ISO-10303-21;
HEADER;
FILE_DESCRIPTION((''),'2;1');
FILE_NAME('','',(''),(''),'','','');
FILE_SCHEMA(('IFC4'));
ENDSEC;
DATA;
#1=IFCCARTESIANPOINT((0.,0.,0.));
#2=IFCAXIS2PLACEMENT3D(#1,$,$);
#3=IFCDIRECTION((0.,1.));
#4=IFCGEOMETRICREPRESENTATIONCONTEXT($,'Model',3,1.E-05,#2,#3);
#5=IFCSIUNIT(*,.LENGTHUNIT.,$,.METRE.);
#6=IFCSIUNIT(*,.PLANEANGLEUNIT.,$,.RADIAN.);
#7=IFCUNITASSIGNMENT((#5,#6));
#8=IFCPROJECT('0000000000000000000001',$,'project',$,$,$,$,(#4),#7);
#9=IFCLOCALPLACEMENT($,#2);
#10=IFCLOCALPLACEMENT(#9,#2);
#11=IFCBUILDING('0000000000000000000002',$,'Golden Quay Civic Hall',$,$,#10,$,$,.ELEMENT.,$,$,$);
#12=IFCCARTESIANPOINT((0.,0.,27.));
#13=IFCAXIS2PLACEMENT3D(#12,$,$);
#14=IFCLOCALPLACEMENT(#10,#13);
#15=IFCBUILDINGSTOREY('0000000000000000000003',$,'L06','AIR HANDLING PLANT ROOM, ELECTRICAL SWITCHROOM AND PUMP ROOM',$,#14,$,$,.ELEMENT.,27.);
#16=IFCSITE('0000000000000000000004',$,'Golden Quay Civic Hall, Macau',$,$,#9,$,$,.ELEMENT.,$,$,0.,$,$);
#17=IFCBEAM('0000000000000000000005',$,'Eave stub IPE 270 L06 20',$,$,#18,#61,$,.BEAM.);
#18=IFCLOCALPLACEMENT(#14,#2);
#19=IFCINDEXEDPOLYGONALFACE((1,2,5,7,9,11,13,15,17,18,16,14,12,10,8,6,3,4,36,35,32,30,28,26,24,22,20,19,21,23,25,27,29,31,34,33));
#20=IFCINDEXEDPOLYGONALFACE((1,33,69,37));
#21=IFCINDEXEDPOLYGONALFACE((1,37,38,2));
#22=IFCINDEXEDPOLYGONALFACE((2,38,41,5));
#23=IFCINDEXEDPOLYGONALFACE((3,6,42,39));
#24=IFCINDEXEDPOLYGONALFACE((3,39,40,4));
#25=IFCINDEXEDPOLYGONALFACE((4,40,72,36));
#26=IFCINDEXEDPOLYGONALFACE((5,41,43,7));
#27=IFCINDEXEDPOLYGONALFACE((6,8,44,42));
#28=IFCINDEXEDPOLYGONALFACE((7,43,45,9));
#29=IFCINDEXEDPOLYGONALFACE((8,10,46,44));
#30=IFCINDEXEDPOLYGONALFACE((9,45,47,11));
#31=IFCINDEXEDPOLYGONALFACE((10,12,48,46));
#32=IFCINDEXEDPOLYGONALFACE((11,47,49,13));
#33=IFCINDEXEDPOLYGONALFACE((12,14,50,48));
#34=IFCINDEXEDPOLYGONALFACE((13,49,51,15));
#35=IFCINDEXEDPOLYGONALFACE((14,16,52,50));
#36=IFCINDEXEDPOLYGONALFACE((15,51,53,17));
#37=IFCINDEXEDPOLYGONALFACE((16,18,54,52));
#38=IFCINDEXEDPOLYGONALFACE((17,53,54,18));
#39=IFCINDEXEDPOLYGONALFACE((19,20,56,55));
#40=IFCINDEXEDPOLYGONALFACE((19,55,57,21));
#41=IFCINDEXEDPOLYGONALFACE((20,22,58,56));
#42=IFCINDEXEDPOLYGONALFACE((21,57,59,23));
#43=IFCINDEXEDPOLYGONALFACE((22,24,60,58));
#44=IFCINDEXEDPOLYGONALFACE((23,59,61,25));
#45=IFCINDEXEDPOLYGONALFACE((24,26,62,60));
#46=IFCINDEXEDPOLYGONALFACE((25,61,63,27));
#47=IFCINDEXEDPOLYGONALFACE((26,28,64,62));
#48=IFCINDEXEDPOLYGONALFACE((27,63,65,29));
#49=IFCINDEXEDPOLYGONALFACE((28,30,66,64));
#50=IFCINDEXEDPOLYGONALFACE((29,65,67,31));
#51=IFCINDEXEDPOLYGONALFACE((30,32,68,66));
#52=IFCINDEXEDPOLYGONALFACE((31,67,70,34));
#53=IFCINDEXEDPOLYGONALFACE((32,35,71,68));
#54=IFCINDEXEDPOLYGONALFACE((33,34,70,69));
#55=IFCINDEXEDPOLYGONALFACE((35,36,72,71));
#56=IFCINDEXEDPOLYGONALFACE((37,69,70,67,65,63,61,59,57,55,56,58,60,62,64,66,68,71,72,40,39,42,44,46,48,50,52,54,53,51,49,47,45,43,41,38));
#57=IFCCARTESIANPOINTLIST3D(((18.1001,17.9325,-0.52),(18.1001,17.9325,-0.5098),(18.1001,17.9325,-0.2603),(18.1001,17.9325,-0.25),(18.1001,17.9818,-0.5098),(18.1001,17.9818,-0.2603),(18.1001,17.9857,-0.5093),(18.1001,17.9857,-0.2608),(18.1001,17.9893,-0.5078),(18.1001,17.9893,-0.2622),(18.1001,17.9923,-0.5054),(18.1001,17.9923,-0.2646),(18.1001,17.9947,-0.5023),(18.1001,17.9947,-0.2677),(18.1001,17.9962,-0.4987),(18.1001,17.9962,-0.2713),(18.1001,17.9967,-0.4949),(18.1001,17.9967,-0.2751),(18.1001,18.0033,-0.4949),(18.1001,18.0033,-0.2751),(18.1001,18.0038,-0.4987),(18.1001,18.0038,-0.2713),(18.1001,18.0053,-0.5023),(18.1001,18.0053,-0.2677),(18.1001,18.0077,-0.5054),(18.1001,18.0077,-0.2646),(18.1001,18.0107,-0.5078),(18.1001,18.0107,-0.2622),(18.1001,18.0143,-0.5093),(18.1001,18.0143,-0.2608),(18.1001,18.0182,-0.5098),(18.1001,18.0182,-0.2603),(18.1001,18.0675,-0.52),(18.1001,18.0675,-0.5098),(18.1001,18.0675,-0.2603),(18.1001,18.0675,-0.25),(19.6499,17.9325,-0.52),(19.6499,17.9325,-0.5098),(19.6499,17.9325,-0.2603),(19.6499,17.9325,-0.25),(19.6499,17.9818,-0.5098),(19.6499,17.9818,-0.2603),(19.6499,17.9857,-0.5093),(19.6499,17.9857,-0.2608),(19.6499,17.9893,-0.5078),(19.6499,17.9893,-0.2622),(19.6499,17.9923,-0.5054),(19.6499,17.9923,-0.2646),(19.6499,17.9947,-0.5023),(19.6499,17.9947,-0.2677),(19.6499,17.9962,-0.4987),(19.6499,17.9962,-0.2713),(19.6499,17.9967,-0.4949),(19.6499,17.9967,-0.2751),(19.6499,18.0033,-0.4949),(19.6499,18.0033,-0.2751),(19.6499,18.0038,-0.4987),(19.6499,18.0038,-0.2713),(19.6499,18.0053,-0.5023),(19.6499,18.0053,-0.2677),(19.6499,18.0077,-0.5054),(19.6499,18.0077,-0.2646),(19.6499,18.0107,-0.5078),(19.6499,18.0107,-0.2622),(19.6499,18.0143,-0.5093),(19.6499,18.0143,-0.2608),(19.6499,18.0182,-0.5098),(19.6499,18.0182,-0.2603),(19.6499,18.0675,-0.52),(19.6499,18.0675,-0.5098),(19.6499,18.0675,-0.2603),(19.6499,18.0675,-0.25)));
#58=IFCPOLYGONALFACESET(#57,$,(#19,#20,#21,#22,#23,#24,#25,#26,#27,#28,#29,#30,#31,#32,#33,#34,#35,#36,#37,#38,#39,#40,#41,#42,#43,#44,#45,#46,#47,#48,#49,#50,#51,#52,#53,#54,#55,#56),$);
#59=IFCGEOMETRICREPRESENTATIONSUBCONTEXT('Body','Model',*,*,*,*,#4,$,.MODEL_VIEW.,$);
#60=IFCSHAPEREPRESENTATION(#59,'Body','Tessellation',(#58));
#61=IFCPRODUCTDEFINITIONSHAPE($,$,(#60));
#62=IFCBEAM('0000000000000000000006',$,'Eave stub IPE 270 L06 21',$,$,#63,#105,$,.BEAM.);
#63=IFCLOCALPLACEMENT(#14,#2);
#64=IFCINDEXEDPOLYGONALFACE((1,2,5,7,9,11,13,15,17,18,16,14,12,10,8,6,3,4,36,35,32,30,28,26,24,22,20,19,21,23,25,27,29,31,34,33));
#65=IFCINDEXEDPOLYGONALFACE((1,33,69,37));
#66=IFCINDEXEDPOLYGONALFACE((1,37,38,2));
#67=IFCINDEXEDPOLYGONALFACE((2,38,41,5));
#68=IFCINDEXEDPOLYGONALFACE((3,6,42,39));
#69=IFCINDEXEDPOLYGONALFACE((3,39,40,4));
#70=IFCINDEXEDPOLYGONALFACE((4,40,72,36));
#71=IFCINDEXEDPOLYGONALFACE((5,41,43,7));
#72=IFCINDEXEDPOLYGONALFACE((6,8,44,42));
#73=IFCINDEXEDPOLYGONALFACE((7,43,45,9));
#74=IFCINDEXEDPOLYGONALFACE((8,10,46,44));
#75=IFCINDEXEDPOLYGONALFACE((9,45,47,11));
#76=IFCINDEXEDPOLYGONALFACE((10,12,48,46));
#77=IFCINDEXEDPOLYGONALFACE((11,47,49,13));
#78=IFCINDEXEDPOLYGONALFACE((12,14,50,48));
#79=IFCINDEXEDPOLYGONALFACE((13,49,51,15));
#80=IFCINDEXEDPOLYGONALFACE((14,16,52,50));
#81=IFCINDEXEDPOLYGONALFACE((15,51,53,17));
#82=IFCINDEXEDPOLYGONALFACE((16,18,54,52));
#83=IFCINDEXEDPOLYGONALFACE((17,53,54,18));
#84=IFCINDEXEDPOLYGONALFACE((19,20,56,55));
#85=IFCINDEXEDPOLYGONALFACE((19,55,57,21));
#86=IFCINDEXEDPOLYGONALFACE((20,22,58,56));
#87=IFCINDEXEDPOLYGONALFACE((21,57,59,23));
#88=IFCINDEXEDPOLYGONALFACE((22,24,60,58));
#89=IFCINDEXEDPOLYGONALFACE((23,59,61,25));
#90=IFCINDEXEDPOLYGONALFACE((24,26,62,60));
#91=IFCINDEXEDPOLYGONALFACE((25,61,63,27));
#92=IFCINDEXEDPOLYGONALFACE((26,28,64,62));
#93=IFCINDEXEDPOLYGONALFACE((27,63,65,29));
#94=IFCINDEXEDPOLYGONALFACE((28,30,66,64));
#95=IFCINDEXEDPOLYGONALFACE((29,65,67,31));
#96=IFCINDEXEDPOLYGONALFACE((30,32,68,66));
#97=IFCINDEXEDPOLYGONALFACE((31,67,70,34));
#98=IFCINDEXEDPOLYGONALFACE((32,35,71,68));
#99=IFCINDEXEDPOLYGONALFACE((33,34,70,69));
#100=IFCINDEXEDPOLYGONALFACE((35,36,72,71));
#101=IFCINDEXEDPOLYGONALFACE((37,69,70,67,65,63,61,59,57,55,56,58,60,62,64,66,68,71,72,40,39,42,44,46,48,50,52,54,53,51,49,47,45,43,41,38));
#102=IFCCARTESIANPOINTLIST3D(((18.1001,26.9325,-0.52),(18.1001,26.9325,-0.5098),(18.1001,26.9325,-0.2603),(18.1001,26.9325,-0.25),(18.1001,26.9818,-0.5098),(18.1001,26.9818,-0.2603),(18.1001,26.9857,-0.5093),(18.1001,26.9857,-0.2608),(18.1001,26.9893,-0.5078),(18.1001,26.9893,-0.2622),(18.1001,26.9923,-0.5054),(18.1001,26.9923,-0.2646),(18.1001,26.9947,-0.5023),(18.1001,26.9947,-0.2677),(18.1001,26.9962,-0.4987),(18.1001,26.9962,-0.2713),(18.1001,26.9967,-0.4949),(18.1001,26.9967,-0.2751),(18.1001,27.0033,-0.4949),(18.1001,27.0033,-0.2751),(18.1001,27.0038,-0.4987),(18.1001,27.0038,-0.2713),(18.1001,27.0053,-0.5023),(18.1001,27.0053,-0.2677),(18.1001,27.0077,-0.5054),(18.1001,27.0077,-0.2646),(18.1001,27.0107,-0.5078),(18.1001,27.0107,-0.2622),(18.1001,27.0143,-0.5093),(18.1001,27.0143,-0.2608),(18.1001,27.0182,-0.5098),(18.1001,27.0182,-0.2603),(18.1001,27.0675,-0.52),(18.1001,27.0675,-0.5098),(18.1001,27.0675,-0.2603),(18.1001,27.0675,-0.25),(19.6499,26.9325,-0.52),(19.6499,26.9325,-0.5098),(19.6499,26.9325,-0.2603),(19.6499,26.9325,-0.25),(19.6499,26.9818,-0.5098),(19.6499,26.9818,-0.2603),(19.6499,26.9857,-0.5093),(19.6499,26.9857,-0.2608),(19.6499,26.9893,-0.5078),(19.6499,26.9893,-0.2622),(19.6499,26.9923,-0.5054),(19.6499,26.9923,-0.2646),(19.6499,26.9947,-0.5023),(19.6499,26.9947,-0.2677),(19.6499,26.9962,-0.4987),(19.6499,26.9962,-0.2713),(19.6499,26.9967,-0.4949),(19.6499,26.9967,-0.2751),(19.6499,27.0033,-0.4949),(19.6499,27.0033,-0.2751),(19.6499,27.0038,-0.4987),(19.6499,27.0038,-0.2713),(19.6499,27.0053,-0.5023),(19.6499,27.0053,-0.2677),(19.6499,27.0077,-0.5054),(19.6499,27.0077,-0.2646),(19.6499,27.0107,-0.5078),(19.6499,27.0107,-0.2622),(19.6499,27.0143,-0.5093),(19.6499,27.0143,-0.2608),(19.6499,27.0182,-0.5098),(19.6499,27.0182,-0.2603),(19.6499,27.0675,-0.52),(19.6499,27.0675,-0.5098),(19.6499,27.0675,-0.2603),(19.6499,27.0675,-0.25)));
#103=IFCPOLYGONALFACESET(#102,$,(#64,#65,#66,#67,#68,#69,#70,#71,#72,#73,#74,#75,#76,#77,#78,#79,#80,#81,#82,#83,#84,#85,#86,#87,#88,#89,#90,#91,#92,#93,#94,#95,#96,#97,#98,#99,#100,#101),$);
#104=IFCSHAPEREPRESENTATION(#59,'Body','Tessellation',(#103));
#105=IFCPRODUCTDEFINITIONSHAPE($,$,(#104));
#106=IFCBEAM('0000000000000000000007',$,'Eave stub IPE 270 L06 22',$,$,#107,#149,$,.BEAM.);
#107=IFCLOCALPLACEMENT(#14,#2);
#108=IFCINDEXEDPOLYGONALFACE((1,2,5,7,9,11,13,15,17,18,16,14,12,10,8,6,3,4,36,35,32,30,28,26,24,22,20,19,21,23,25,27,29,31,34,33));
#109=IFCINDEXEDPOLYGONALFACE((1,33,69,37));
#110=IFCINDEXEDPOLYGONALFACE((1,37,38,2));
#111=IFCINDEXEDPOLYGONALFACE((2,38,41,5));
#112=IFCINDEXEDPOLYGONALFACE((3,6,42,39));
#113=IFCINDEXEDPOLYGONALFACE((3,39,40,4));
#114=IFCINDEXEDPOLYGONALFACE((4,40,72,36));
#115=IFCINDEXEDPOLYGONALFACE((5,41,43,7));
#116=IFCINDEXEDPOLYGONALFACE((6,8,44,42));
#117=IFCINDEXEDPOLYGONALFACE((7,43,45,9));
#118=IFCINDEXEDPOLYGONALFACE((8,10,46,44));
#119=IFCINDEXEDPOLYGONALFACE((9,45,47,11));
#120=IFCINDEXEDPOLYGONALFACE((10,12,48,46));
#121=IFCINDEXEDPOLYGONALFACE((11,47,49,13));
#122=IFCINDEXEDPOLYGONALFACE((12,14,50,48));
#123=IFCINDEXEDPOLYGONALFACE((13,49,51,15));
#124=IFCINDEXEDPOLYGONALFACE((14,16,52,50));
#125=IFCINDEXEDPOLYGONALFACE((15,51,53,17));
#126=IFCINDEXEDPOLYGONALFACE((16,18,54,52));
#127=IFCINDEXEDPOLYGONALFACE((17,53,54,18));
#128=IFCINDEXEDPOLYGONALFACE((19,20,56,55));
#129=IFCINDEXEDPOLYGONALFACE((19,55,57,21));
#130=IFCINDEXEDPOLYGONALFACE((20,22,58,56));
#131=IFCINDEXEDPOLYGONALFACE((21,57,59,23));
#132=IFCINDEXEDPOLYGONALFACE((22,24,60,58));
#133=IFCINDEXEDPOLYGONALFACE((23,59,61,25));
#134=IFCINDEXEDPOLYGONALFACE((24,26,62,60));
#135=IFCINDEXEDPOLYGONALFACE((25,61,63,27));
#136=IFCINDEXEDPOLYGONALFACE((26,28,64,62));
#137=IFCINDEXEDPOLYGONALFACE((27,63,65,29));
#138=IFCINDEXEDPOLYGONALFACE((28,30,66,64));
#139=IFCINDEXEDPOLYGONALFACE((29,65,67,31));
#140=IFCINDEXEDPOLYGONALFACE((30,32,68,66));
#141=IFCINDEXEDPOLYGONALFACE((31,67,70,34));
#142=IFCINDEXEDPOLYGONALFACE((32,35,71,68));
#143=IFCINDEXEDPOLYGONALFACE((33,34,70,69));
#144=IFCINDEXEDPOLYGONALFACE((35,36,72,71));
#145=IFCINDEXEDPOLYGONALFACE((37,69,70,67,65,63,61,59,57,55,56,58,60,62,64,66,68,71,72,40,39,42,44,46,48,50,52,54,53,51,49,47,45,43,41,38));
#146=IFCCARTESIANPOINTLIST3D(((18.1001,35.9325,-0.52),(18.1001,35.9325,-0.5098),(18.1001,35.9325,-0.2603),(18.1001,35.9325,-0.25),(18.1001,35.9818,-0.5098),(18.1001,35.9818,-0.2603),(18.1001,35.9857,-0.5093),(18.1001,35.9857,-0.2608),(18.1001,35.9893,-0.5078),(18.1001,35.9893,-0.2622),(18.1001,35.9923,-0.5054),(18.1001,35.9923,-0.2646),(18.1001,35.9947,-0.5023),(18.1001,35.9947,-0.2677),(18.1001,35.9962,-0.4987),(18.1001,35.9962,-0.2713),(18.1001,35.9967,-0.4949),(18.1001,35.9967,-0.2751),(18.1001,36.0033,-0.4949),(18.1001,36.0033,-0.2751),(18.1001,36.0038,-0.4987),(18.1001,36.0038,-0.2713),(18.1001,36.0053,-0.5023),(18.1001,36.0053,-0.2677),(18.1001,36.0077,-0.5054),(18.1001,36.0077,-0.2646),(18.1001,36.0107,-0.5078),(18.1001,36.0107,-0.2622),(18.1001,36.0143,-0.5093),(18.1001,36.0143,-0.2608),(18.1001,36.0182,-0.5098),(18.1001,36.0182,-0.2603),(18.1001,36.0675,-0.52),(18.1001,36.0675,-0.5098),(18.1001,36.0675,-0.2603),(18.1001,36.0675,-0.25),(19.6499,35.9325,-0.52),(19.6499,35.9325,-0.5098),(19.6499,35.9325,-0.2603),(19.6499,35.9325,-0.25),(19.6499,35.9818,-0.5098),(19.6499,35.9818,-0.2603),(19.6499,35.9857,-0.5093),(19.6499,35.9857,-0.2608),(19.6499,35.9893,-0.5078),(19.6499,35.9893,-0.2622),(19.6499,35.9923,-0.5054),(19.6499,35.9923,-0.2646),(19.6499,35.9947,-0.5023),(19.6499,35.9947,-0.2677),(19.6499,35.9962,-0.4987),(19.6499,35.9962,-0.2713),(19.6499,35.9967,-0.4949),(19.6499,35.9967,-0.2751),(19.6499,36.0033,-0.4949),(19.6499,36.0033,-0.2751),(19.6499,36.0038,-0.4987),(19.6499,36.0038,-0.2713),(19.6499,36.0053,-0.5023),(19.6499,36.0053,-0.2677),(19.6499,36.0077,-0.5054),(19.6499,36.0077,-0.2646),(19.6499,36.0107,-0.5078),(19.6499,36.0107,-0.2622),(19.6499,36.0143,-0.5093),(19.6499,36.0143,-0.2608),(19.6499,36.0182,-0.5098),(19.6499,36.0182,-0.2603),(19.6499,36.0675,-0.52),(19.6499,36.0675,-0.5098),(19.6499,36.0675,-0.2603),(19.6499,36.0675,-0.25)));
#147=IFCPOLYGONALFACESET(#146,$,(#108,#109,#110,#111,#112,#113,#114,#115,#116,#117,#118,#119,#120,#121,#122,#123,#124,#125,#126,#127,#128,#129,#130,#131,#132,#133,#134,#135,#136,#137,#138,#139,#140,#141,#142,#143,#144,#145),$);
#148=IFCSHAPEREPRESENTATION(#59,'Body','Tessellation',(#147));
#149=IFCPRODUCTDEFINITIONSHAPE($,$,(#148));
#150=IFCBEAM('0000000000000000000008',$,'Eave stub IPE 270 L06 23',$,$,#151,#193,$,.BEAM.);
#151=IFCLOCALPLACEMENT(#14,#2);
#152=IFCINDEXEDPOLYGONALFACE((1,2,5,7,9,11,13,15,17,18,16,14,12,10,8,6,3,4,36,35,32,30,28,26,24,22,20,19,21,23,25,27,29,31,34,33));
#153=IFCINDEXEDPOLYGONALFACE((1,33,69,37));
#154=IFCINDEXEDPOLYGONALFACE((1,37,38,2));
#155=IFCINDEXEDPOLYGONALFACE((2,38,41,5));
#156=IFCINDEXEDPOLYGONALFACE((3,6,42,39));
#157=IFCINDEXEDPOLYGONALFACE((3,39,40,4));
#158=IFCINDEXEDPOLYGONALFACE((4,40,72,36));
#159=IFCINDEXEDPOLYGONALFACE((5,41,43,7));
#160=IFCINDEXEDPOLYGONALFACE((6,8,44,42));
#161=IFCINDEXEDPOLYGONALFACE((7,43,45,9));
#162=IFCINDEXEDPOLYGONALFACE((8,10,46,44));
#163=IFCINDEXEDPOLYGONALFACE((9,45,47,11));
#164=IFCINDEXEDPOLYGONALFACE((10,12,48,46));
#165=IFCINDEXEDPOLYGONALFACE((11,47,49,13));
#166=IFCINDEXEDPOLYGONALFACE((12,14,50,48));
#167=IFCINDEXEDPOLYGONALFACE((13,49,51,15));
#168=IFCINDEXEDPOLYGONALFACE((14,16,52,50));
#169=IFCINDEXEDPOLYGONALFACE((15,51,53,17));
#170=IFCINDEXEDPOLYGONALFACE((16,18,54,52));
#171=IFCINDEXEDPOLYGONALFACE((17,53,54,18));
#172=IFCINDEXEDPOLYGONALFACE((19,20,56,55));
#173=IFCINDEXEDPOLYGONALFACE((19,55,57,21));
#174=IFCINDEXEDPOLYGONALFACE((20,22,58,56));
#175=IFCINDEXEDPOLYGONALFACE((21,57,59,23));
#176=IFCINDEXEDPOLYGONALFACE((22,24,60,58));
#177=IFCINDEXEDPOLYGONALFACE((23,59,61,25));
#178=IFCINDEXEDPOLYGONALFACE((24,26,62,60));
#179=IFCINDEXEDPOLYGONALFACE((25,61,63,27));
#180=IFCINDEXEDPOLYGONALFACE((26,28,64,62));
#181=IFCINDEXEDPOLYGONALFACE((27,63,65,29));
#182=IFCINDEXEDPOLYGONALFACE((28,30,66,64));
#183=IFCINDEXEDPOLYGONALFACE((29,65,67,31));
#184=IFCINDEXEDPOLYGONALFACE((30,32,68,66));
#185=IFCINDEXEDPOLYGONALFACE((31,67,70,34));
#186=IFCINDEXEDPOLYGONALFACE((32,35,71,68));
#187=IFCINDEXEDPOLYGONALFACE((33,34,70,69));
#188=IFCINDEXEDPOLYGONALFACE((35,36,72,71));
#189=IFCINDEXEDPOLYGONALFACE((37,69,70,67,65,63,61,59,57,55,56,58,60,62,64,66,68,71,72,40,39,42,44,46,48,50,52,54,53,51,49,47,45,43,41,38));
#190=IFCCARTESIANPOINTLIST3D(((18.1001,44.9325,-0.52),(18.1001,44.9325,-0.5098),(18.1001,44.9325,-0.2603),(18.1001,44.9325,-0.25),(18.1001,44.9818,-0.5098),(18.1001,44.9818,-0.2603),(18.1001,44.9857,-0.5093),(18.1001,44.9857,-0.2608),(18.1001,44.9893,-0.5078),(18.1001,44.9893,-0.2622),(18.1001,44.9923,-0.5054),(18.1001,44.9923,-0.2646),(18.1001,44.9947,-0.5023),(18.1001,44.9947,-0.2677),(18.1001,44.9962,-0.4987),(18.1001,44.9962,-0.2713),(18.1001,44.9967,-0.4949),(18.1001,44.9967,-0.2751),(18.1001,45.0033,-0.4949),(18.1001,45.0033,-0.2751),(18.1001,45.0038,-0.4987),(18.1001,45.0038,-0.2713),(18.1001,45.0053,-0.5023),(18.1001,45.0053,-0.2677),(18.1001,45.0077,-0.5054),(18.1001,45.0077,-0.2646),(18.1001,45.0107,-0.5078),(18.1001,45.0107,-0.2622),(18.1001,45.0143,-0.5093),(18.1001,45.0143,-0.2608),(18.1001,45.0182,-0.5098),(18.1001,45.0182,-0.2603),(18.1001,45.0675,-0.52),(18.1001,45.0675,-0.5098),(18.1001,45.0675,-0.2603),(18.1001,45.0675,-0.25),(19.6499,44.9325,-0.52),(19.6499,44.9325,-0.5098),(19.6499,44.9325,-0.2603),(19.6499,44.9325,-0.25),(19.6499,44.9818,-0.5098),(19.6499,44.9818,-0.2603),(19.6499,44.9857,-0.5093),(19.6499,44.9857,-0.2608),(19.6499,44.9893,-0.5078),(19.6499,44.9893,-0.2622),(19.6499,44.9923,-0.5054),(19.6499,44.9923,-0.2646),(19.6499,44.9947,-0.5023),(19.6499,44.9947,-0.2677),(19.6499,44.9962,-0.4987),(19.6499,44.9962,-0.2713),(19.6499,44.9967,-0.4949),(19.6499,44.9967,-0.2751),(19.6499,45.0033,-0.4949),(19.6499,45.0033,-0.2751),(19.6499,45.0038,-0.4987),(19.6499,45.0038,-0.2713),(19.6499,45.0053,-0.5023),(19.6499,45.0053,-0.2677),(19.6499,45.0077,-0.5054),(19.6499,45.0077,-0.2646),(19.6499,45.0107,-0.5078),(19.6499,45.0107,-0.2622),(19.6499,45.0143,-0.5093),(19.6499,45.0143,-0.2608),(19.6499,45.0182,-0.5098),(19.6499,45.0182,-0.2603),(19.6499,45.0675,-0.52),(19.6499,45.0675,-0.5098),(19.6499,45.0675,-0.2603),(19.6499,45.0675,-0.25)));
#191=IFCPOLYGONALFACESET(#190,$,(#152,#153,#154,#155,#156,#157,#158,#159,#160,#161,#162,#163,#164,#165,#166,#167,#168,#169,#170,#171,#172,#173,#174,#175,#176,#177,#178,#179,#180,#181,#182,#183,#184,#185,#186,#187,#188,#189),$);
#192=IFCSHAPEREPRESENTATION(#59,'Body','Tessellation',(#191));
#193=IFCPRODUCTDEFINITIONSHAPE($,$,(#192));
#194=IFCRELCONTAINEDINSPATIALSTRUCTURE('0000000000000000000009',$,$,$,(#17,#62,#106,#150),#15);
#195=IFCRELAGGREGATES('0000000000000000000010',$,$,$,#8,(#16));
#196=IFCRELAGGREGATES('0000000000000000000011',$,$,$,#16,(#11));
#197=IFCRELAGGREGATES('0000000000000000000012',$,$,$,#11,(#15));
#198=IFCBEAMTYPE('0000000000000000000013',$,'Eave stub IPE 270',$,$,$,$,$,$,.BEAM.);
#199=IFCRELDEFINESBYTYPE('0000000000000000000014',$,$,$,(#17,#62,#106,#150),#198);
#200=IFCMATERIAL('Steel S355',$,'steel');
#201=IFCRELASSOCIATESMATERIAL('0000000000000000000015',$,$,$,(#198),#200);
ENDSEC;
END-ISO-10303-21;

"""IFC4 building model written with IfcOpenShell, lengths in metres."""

from ifc_helpers import new_model, si_unit, direction, frame, origin, origin_2d, place, context, subcontext, project, spatial, i_section, extrude, material, material_profile, profile_set, type_object, element, save


model = new_model("IFC4")

# Units and contexts
model_context = context("Model", 3, precision=1e-05, world=origin(), true_north=direction((0.0, 1.0)))
body_context = subcontext(model_context, "Body", "Model", "MODEL_VIEW")
ifc_project = project(units=[si_unit("LENGTHUNIT", "METRE"), si_unit("PLANEANGLEUNIT", "RADIAN")], contexts=[model_context])

# Site, building, storey
site_placement = place(None, origin())
site = spatial("IfcSite", under=ifc_project, at=site_placement, Name="Golden Quay Civic Hall, Macau", CompositionType="ELEMENT", RefElevation=0.0)
building_placement = place(site_placement, origin())
building = spatial("IfcBuilding", under=site, at=building_placement, Name="Golden Quay Civic Hall", CompositionType="ELEMENT")
storey_placement = place(building_placement, frame((0.0, 0.0, 27.0)))
storey = spatial("IfcBuildingStorey", under=building, at=storey_placement, Name="L06", Description="AIR HANDLING PLANT ROOM, ELECTRICAL SWITCHROOM AND PUMP ROOM", CompositionType="ELEMENT", Elevation=27.0)

# Beams
ifc_material_1 = material(Name="Steel S355", Category="steel")
ifc_material_profile_1 = material_profile(ifc_material_1, i_section(OverallWidth=0.135, OverallDepth=0.27, WebThickness=0.0066, FlangeThickness=0.0103, FilletRadius=0.0149, at=origin_2d()), Name="IPE 270")
ifc_profile_set_1 = profile_set([ifc_material_profile_1], Name="Steel S355")
beam_type_1 = type_object("IfcBeamType", Name="Eave stub IPE 270", PredefinedType="BEAM", material=ifc_profile_set_1)
for number, where, z_axis, x_axis, name in (
    (1, (18.1001, 18.0, -0.385), (1.0, 0.0, 0.0), (0.0, 1.0, 0.0), "Eave stub IPE 270 L06 20"),
    (2, (18.1001, 27.0, -0.385), (1.0, 0.0, 0.0), (0.0, 1.0, 0.0), "Eave stub IPE 270 L06 21"),
    (3, (18.1001, 36.0, -0.385), (1.0, 0.0, 0.0), (0.0, 1.0, 0.0), "Eave stub IPE 270 L06 22"),
    (4, (18.1001, 45.0, -0.385), (1.0, 0.0, 0.0), (0.0, 1.0, 0.0), "Eave stub IPE 270 L06 23"),
):
    element("IfcBeam", number, at=place(storey_placement, frame(where, z_axis=z_axis, x_axis=x_axis)), inside=storey, type_object=beam_type_1, Name=name, PredefinedType="BEAM", context=body_context, shape_type="SweptSolid", body=[
        extrude(i_section(OverallWidth=0.135, OverallDepth=0.27, WebThickness=0.0066, FlangeThickness=0.0103, FilletRadius=0.0149, at=origin_2d()), origin(), (0.0, 0.0, 1.0), 1.5498),
    ])

save(model, "model.ifc")
